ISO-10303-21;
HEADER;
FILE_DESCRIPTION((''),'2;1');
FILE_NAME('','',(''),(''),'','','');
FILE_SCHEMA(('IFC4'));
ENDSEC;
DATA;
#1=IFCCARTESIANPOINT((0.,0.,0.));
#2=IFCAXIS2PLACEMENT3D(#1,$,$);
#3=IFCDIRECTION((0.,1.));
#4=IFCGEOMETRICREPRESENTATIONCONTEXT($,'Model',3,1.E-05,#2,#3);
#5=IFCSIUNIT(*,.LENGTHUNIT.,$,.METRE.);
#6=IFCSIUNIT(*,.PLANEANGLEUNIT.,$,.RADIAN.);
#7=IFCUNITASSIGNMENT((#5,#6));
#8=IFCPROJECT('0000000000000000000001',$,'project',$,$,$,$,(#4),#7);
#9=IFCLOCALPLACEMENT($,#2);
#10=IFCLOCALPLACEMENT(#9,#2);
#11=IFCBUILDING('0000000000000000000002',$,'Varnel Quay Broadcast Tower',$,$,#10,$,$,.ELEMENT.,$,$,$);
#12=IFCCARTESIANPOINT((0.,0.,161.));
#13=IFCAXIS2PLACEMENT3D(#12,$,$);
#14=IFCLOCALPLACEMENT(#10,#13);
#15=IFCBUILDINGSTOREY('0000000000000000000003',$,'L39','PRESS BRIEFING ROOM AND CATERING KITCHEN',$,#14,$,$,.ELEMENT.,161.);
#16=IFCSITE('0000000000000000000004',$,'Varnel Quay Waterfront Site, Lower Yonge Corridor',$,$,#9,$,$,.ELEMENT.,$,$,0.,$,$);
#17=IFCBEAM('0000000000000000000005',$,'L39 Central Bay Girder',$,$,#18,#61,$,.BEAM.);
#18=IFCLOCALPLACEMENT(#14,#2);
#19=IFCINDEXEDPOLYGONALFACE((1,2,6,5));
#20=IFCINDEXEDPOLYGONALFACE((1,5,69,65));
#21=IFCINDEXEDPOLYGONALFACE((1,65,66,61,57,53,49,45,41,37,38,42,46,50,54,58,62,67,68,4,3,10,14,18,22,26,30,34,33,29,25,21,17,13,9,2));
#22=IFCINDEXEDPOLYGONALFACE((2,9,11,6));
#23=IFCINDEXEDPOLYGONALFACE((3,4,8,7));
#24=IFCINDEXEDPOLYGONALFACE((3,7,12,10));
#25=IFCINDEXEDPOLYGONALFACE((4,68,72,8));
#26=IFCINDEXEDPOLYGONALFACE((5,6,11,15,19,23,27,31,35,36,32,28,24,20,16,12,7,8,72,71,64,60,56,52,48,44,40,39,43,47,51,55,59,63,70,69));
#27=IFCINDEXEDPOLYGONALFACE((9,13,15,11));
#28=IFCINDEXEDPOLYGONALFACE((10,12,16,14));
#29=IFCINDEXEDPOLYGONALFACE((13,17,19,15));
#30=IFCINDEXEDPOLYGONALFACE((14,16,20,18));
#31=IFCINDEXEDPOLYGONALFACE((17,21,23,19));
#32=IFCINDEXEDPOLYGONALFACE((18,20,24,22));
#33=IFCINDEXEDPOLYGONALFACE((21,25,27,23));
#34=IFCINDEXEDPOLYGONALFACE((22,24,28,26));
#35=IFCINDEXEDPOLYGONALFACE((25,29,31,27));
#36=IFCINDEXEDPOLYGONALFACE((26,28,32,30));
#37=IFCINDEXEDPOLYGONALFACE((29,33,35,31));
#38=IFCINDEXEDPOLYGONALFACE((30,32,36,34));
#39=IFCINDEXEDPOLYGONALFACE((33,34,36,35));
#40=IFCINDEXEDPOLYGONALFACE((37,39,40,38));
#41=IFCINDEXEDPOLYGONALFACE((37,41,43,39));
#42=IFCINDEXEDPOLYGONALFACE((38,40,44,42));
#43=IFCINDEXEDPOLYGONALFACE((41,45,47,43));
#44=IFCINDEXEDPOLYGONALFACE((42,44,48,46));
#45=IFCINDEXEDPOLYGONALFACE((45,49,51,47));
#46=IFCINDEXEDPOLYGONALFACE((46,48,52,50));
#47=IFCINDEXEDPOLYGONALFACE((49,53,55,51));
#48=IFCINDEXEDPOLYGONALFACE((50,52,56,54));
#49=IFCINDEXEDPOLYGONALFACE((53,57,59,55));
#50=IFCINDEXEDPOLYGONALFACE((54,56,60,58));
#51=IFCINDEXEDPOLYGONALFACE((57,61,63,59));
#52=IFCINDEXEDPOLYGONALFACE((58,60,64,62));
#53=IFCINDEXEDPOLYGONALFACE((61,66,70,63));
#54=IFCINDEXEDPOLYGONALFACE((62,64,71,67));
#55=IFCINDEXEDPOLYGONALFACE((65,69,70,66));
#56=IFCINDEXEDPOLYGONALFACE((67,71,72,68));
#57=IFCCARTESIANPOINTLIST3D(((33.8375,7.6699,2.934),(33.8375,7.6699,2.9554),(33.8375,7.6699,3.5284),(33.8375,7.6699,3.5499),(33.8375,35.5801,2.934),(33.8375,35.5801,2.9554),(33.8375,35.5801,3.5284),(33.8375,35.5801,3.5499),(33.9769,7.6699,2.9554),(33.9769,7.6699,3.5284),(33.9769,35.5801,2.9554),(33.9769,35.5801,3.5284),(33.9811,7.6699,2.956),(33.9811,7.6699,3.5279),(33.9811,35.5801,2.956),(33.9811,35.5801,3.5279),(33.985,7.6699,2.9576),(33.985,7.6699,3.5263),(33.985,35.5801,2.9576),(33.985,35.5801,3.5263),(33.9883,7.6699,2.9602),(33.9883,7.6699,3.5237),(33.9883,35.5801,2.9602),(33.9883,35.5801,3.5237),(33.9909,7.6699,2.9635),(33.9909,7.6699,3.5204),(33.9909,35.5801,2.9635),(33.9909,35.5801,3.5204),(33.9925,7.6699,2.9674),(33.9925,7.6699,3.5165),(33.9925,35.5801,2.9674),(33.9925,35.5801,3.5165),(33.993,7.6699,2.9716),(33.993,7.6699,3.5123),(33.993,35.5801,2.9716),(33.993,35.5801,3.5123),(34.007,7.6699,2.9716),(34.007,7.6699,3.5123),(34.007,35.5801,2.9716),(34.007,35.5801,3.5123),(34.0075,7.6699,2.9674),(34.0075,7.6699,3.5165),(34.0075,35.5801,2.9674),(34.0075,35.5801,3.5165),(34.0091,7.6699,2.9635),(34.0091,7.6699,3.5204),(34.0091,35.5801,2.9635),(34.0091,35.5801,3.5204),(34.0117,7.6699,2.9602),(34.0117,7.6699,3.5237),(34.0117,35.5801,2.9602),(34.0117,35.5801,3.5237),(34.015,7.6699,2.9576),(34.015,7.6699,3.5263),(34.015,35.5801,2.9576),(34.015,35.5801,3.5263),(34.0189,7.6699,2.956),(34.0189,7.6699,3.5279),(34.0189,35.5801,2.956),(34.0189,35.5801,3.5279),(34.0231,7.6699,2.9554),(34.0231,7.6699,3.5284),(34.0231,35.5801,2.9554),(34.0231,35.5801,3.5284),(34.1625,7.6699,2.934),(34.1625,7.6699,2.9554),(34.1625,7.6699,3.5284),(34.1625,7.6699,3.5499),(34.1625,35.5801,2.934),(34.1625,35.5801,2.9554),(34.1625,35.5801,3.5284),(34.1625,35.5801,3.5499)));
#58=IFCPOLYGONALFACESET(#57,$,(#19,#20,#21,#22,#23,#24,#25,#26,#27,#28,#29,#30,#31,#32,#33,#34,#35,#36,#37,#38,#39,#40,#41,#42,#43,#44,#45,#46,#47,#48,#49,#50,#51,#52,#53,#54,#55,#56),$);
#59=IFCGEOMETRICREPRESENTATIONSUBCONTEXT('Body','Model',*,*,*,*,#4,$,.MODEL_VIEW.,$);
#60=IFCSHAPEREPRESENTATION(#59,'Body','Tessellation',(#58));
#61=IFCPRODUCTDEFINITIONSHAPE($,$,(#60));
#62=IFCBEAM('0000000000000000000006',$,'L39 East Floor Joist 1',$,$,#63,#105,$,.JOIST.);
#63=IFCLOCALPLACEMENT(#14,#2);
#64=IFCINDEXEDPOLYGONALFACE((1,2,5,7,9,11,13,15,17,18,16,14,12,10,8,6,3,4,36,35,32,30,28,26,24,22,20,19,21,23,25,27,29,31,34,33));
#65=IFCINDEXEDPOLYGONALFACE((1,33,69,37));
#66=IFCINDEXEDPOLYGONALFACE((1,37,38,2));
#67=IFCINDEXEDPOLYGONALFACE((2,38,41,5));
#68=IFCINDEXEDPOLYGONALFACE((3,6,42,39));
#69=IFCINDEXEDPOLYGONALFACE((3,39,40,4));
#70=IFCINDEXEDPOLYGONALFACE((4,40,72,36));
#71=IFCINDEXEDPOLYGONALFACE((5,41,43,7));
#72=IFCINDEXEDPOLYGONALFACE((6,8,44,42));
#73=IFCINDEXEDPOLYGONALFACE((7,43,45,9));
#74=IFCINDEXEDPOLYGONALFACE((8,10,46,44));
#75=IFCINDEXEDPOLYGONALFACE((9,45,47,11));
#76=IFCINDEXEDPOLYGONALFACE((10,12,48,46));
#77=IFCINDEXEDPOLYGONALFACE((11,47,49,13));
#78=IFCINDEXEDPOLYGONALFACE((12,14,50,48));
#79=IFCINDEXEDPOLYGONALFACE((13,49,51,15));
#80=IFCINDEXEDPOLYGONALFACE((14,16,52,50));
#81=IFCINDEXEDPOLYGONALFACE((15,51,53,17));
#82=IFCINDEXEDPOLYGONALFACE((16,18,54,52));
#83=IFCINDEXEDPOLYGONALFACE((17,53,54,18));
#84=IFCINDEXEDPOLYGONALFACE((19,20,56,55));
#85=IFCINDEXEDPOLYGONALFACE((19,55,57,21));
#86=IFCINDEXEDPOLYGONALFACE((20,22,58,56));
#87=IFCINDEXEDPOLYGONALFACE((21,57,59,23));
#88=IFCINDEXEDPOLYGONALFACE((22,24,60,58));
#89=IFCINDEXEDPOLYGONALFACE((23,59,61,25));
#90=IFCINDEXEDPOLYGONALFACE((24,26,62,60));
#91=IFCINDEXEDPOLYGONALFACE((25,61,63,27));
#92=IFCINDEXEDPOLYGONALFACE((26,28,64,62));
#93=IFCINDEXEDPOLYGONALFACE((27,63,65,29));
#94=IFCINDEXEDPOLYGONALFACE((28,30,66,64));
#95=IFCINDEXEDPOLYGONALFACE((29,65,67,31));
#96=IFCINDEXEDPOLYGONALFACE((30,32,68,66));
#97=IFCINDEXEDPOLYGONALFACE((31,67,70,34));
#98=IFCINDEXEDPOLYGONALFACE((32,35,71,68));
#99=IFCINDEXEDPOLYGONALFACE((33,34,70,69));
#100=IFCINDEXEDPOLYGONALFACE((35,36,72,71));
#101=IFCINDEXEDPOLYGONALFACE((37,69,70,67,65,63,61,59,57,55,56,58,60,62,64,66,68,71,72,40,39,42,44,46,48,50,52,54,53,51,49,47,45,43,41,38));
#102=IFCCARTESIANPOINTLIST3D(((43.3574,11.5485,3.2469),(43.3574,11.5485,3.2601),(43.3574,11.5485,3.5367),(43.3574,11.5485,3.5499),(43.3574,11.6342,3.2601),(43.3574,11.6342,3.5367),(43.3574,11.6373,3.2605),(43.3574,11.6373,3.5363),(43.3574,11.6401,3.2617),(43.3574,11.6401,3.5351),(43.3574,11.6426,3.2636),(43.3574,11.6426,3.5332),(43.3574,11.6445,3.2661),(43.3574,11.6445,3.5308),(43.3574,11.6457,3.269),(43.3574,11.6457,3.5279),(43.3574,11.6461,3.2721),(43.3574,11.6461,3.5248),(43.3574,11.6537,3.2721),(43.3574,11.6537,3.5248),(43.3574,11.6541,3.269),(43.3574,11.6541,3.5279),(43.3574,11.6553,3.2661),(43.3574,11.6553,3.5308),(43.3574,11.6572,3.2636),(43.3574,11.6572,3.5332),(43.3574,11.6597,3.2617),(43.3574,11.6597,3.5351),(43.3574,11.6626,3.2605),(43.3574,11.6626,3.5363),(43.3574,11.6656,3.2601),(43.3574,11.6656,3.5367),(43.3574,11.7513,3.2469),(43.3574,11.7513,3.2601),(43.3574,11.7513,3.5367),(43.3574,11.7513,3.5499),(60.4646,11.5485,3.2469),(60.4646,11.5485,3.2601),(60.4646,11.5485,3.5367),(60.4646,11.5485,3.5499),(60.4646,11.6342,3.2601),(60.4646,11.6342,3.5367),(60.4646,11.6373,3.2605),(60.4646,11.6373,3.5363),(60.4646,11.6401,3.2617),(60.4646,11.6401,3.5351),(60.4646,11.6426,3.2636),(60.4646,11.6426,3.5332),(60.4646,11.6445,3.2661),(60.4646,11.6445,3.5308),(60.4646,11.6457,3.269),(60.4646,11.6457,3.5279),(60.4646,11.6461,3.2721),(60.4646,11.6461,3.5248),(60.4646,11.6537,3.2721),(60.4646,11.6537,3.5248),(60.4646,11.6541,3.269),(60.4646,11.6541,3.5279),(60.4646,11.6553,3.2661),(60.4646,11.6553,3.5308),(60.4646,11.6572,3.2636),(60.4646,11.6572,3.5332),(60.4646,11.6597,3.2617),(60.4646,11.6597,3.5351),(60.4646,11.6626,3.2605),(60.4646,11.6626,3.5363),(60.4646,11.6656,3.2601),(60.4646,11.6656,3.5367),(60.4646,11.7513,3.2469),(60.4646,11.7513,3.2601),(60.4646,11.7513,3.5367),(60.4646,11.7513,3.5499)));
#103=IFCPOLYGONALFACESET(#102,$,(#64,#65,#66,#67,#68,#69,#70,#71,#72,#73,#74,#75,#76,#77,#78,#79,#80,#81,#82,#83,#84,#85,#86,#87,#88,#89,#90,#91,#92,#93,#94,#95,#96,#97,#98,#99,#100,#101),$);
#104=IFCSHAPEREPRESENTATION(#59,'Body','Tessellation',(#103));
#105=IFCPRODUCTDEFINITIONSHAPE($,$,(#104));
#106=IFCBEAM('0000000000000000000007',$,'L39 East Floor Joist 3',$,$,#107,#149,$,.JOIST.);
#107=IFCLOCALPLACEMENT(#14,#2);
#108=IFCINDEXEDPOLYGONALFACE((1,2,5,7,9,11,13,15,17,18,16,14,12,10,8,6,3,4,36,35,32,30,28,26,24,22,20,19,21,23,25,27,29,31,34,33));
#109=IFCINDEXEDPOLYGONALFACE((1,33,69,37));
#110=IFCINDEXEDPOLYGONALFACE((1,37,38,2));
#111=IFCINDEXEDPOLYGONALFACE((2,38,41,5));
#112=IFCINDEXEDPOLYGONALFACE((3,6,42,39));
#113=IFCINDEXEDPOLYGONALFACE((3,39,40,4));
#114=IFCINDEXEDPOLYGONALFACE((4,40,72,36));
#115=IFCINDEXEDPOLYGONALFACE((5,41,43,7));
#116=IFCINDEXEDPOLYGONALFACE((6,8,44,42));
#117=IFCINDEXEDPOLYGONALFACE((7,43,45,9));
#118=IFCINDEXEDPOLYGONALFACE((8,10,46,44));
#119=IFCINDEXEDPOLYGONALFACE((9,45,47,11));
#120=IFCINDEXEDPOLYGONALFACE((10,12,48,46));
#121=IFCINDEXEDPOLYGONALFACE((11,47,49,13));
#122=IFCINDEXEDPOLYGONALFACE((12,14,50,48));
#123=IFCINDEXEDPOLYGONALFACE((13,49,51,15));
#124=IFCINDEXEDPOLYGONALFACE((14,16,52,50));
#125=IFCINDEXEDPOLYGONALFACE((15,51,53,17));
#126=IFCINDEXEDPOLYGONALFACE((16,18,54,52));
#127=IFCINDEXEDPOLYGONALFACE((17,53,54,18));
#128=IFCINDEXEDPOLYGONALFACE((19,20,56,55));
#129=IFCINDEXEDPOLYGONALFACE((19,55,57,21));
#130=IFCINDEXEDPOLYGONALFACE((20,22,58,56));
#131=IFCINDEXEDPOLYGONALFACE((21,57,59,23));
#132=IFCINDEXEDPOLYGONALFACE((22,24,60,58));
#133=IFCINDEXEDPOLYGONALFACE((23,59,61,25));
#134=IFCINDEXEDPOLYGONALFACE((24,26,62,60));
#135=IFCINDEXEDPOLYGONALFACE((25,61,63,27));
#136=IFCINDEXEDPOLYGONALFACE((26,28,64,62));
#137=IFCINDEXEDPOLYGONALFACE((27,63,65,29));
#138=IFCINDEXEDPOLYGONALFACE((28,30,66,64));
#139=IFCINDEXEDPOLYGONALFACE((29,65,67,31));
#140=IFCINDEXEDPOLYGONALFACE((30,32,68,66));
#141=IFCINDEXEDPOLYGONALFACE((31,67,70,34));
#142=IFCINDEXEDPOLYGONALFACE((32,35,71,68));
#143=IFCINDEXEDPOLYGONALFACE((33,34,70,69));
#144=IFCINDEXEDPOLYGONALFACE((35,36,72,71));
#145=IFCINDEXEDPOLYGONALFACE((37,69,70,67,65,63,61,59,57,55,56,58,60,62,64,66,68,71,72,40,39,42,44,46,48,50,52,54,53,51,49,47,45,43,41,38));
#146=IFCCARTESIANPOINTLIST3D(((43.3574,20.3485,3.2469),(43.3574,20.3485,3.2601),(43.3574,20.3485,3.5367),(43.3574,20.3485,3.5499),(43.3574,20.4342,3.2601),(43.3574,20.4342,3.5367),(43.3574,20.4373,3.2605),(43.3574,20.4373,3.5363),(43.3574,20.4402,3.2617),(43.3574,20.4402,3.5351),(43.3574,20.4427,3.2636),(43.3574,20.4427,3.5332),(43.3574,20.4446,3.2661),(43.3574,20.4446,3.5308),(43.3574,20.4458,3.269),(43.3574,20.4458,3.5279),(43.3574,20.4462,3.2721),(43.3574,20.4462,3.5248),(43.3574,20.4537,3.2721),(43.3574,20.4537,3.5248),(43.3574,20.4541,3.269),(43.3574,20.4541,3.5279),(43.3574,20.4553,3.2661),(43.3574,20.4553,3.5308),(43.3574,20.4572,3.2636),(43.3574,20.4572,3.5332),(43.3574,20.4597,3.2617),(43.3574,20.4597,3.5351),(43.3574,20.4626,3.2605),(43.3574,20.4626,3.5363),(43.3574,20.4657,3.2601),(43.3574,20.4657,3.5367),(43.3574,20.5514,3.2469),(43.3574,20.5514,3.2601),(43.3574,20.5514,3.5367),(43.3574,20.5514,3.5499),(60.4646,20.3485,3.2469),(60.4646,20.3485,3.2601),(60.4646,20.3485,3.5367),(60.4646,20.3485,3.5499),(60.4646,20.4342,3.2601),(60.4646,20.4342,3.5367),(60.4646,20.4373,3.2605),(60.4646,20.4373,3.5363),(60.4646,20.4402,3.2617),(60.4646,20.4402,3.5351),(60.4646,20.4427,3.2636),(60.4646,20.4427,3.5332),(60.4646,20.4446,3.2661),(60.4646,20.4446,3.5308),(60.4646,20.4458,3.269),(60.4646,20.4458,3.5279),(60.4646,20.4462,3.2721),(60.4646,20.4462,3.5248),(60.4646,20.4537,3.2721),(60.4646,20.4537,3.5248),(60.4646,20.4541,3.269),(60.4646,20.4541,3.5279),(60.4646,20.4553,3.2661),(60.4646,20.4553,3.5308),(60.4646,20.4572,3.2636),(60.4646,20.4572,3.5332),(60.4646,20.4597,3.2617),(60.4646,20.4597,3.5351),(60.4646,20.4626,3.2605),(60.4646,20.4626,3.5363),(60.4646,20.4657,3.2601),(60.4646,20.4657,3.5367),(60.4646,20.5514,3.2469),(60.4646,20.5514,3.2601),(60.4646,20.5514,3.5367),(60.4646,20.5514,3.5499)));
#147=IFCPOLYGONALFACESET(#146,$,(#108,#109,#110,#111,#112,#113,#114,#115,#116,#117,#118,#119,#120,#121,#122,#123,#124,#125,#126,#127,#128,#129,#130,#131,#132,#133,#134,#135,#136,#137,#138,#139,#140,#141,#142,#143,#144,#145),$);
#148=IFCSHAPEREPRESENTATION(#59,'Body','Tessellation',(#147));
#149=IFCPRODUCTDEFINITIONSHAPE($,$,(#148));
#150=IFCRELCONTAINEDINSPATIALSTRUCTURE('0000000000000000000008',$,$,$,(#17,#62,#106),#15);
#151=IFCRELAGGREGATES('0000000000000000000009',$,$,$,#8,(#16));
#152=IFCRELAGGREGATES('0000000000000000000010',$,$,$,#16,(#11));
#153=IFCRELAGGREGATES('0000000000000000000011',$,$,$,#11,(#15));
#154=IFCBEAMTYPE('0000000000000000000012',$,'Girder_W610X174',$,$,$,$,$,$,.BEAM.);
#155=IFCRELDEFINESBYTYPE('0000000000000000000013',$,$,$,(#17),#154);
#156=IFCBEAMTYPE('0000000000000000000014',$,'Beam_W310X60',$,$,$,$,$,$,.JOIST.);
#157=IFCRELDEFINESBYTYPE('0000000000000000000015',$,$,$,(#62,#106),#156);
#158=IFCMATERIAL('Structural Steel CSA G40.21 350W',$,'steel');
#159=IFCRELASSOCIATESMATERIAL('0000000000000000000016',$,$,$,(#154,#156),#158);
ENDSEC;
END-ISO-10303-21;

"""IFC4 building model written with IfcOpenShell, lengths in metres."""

from ifc_helpers import new_model, si_unit, direction, frame, origin, origin_2d, place, context, subcontext, project, spatial, i_section, extrude, source, transform, mapped, material, material_profile, profile_set, type_object, type_shapes, element, save


model = new_model("IFC4")

# Units and contexts
model_context = context("Model", 3, precision=1e-05, world=origin(), true_north=direction((0.0, 1.0)))
body_context = subcontext(model_context, "Body", "Model", "MODEL_VIEW")
ifc_project = project(units=[si_unit("LENGTHUNIT", "METRE"), si_unit("PLANEANGLEUNIT", "RADIAN")], contexts=[model_context])

# Site, building, storey
site_placement = place(None, origin())
site = spatial("IfcSite", under=ifc_project, at=site_placement, Name="Varnel Quay Waterfront Site, Lower Yonge Corridor", CompositionType="ELEMENT", RefElevation=0.0)
building_placement = place(site_placement, origin())
building = spatial("IfcBuilding", under=site, at=building_placement, Name="Varnel Quay Broadcast Tower", CompositionType="ELEMENT")
storey_placement = place(building_placement, frame((0.0, 0.0, 161.0)))
storey = spatial("IfcBuildingStorey", under=building, at=storey_placement, Name="L39", Description="PRESS BRIEFING ROOM AND CATERING KITCHEN", CompositionType="ELEMENT", Elevation=161.0)

# Shared definitions
ifc_material_1 = material(Name="Structural Steel CSA G40.21 350W", Category="steel")

# Beams
ifc_material_profile_1 = material_profile(ifc_material_1, i_section(OverallWidth=0.325, OverallDepth=0.616, WebThickness=0.0139, FlangeThickness=0.0215, FilletRadius=0.0161, at=origin_2d()), Name="W610X174")
ifc_profile_set_1 = profile_set([ifc_material_profile_1], Name="Structural Steel CSA G40.21 350W")
beam_type_1 = type_object("IfcBeamType", Name="Girder_W610X174", PredefinedType="BEAM", material=ifc_profile_set_1)
shared_shape_1 = source(origin(), body_context, "Body", "SweptSolid", [
    extrude(i_section(OverallWidth=0.325, OverallDepth=0.616, WebThickness=0.0139, FlangeThickness=0.0215, FilletRadius=0.0161, at=origin_2d()), origin(), (0.0, 0.0, 1.0), 27.9102),
])
beam_1_placement = place(storey_placement, frame((34.0, 7.6699, 3.2419), z_axis=(0.0, 1.0, 0.0), x_axis=(-1.0, 0.0, 0.0)))
element("IfcBeam", 1, at=beam_1_placement, inside=storey, type_object=beam_type_1, Name="L39 Central Bay Girder", PredefinedType="BEAM", context=body_context, shape_type="MappedRepresentation", body=[
    mapped(shared_shape_1, transform((0.0, 0.0, 0.0), x_axis=(1.0, 0.0, 0.0), y_axis=(0.0, 1.0, 0.0), z_axis=(0.0, 0.0, 1.0), scale=1.0)),
])
ifc_material_profile_2 = material_profile(ifc_material_1, i_section(OverallWidth=0.2029, OverallDepth=0.303, WebThickness=0.0076, FlangeThickness=0.0132, FilletRadius=0.012, at=origin_2d()), Name="W310X60")
ifc_profile_set_2 = profile_set([ifc_material_profile_2], Name="Structural Steel CSA G40.21 350W")
beam_type_2 = type_object("IfcBeamType", Name="Beam_W310X60", PredefinedType="JOIST", material=ifc_profile_set_2)
shared_shape_2 = source(origin(), body_context, "Body", "SweptSolid", [
    extrude(i_section(OverallWidth=0.2029, OverallDepth=0.303, WebThickness=0.0076, FlangeThickness=0.0132, FilletRadius=0.012, at=origin_2d()), origin(), (0.0, 0.0, 1.0), 17.1072),
])
type_shapes(beam_type_2, [shared_shape_2])
for number, where, z_axis, x_axis, name in (
    (2, (43.3574, 11.6499, 3.3984), (1.0, 0.0, 0.0), (0.0, 1.0, 0.0), "L39 East Floor Joist 1"),
    (3, (43.3574, 20.45, 3.3984), (1.0, 0.0, 0.0), (0.0, 1.0, 0.0), "L39 East Floor Joist 3"),
):
    element("IfcBeam", number, at=place(storey_placement, frame(where, z_axis=z_axis, x_axis=x_axis)), inside=storey, type_object=beam_type_2, Name=name, PredefinedType="JOIST", context=body_context, shape_type="MappedRepresentation", body=[
        mapped(shared_shape_2, transform((0.0, 0.0, 0.0), x_axis=(1.0, 0.0, 0.0), y_axis=(0.0, 1.0, 0.0), z_axis=(0.0, 0.0, 1.0), scale=1.0)),
    ])

save(model, "model.ifc")
